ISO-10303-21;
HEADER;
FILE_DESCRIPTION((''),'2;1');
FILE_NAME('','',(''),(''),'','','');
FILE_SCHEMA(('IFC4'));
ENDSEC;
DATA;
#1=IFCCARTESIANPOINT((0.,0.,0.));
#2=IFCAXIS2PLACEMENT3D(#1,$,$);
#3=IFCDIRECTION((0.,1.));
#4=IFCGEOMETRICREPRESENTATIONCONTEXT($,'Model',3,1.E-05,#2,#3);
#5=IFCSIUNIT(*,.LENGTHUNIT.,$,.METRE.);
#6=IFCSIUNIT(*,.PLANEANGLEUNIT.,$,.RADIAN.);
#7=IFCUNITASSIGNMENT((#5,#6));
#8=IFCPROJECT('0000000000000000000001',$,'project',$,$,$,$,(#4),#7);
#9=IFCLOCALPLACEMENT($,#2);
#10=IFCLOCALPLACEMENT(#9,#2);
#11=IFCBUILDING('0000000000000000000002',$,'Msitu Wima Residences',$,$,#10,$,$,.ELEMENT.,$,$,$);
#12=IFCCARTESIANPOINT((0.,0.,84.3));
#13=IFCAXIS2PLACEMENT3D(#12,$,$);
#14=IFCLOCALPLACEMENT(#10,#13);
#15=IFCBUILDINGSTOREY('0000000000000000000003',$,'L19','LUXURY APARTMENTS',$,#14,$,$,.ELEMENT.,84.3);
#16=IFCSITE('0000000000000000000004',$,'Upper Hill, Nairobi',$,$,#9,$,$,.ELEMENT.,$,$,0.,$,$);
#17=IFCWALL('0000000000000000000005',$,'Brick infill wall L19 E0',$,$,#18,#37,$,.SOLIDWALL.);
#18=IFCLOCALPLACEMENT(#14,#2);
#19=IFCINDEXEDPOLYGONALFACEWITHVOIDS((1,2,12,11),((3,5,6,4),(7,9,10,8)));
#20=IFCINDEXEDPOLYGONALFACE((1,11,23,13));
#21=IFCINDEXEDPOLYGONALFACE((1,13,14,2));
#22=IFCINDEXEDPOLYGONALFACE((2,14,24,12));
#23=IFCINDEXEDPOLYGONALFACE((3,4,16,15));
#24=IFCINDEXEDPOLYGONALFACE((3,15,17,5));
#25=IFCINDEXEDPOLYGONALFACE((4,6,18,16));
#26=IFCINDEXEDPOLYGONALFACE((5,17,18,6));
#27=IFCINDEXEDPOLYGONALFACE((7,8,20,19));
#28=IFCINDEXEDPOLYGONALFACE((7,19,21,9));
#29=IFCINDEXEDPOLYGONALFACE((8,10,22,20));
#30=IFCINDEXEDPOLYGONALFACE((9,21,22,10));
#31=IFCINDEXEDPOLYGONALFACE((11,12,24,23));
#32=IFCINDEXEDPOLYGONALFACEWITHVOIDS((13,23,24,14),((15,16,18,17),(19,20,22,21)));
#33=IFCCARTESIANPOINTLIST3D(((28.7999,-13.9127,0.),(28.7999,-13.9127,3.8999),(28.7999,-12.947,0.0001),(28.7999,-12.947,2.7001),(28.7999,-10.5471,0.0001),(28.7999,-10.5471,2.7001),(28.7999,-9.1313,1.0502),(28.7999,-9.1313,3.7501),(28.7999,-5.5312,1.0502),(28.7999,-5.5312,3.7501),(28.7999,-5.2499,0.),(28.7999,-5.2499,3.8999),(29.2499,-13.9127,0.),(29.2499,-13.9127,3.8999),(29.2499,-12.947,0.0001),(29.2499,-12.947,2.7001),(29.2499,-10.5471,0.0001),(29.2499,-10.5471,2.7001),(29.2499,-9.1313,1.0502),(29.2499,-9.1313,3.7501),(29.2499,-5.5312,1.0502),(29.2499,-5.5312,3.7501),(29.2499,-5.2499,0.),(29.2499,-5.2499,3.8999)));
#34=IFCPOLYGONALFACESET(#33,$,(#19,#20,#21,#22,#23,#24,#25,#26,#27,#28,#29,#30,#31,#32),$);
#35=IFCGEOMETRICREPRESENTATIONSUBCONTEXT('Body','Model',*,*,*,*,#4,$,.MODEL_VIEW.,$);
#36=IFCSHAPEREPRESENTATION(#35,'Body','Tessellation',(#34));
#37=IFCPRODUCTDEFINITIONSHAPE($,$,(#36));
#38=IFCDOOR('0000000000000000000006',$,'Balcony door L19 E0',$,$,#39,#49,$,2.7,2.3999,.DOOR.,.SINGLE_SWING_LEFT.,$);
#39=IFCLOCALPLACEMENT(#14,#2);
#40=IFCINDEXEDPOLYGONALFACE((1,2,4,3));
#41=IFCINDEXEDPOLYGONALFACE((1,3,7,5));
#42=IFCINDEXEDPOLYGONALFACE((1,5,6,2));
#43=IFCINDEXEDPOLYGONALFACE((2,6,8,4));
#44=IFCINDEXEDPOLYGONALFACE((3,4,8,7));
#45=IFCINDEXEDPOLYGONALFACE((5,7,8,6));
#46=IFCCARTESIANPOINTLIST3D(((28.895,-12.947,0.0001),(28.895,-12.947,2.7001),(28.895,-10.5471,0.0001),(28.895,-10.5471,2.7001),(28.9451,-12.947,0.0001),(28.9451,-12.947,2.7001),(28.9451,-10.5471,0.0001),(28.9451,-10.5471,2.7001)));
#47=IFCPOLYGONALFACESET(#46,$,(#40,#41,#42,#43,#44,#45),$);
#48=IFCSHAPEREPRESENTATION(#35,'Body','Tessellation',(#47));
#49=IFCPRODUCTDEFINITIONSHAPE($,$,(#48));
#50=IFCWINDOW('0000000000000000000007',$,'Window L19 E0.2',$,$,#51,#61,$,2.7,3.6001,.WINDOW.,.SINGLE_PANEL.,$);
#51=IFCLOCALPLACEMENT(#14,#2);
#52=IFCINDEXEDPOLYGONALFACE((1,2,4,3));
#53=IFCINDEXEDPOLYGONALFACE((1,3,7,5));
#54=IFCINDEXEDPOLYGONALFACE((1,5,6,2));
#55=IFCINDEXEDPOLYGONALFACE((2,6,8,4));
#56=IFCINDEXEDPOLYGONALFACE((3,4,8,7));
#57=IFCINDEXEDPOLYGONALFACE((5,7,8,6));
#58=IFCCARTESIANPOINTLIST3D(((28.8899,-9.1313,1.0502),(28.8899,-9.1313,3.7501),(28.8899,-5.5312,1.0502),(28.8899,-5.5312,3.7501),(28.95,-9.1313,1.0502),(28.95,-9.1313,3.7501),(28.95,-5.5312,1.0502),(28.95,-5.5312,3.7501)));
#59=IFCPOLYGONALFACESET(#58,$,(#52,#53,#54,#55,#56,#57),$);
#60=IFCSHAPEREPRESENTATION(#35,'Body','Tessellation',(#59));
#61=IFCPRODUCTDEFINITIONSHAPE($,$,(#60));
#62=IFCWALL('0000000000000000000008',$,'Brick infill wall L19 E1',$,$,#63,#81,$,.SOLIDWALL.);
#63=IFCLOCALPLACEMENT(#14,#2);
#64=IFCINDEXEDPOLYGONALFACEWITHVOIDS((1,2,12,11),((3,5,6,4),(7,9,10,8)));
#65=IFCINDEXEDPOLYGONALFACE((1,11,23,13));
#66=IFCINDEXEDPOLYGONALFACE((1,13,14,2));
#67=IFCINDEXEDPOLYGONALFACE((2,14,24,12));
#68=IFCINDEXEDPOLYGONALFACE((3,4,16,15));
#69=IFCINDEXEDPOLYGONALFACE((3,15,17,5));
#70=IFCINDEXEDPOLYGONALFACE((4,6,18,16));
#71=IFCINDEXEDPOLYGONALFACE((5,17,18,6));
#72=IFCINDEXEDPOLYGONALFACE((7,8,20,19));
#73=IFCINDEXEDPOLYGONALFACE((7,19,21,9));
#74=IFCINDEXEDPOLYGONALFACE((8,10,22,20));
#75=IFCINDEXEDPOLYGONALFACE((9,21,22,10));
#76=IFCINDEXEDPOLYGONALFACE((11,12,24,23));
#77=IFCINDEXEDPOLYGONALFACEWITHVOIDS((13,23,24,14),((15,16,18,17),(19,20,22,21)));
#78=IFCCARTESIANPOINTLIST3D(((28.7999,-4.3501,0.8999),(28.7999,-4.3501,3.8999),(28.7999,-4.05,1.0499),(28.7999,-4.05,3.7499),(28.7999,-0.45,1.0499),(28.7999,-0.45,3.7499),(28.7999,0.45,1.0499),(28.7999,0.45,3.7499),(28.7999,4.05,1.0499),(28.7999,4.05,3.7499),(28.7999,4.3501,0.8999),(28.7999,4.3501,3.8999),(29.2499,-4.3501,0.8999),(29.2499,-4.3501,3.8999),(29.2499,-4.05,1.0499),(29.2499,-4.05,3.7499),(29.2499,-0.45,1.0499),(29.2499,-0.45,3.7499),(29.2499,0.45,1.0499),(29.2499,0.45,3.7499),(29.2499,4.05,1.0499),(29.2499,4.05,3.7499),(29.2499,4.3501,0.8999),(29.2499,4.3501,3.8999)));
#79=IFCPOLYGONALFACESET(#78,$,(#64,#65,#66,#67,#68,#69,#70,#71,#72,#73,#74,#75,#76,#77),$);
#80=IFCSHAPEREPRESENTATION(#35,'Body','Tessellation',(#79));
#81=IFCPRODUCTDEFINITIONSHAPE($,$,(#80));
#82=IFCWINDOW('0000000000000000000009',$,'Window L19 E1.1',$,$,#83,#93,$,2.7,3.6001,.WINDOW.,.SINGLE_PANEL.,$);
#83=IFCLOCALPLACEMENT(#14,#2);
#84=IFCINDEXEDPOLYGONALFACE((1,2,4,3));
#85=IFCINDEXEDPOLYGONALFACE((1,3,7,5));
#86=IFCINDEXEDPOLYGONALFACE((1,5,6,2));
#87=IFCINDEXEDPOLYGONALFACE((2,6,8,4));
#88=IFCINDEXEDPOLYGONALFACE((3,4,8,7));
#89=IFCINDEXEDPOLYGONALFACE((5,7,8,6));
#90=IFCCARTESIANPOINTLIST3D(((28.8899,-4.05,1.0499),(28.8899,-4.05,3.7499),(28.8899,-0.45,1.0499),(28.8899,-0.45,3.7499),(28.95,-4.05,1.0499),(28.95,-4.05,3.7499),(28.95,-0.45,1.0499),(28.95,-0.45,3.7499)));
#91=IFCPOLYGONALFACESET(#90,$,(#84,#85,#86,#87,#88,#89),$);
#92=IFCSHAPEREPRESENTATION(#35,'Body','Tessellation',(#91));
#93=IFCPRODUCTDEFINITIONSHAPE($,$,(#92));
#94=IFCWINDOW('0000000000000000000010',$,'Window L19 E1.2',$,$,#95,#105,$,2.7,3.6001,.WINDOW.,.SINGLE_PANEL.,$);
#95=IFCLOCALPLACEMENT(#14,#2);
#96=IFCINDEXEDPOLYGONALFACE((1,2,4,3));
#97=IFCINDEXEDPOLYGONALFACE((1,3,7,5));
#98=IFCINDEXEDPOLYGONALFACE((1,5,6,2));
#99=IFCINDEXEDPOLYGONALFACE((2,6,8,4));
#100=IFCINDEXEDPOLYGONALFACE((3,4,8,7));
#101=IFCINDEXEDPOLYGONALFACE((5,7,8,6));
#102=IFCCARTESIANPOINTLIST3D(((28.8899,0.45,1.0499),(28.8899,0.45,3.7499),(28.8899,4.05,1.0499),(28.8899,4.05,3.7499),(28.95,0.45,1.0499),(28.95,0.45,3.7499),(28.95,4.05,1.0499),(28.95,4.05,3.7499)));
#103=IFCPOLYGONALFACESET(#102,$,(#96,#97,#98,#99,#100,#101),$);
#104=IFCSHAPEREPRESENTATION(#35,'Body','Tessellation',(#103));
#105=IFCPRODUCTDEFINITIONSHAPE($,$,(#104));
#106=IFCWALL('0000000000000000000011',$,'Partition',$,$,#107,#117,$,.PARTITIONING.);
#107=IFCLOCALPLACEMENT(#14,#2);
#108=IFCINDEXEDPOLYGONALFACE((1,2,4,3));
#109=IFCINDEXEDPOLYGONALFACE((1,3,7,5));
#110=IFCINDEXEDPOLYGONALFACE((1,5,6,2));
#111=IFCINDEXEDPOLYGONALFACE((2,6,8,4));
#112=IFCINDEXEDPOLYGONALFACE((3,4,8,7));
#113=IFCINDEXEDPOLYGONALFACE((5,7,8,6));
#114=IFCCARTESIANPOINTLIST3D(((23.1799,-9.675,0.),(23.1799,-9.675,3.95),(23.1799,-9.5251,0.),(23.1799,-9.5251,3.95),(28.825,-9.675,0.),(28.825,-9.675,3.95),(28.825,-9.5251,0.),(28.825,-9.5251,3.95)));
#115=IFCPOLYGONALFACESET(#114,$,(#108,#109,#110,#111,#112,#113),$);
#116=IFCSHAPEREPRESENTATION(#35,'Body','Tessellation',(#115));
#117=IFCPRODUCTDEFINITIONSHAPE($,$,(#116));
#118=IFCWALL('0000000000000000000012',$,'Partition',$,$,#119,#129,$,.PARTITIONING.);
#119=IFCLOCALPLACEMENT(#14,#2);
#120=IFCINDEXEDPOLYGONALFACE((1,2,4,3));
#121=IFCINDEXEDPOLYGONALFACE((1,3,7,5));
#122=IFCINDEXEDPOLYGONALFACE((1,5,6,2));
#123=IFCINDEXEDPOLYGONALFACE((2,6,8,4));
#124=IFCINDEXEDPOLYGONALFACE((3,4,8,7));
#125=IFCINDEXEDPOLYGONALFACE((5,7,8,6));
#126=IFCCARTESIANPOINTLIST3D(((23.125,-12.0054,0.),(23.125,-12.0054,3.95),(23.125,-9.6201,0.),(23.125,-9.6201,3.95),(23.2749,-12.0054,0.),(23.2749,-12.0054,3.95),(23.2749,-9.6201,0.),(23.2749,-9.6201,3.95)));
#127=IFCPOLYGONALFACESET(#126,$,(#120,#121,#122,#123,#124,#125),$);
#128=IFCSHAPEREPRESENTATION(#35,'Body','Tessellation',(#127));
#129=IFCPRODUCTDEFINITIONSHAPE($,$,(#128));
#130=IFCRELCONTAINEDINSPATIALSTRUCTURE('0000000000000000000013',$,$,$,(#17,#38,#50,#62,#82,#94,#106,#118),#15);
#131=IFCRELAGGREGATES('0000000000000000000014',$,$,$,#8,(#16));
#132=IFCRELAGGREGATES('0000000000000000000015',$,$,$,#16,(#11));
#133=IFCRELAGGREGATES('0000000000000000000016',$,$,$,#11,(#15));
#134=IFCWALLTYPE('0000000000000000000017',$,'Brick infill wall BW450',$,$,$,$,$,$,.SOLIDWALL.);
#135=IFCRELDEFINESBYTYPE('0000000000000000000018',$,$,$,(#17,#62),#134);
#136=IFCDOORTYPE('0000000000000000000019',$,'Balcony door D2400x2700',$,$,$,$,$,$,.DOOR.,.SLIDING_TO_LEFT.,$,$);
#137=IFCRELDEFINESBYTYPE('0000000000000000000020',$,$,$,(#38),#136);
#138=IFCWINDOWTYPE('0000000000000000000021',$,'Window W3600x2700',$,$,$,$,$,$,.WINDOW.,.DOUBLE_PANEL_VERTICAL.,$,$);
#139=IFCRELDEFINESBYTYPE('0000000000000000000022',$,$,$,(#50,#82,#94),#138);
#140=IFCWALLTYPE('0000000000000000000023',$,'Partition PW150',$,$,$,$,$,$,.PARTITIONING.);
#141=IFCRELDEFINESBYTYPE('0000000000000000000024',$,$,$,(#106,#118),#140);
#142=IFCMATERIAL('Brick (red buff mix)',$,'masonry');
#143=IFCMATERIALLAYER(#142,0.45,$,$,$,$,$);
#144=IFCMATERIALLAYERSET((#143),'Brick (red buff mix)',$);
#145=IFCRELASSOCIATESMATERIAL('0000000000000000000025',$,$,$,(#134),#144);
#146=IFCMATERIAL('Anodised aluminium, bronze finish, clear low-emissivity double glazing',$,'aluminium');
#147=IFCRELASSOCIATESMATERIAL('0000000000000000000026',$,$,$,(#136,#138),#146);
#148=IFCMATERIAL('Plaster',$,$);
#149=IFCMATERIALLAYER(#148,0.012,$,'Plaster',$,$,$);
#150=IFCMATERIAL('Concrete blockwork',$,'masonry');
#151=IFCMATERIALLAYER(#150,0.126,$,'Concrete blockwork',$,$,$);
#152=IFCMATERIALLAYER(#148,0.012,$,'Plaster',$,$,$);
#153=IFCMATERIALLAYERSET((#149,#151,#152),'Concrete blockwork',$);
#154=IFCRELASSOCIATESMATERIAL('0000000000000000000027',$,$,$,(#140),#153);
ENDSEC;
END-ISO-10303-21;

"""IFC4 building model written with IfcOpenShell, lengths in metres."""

from ifc_helpers import new_model, si_unit, direction, frame, frame_2d, origin, place, context, subcontext, project, spatial, rectangle, extrude, material, layer, layer_set, type_object, element, fill, save


model = new_model("IFC4")

# Units and contexts
model_context = context("Model", 3, precision=1e-05, world=origin(), true_north=direction((0.0, 1.0)))
body_context = subcontext(model_context, "Body", "Model", "MODEL_VIEW")
ifc_project = project(units=[si_unit("LENGTHUNIT", "METRE"), si_unit("PLANEANGLEUNIT", "RADIAN")], contexts=[model_context])

# Site, building, storey
site_placement = place(None, origin())
site = spatial("IfcSite", under=ifc_project, at=site_placement, Name="Upper Hill, Nairobi", CompositionType="ELEMENT", RefElevation=0.0)
building_placement = place(site_placement, origin())
building = spatial("IfcBuilding", under=site, at=building_placement, Name="Msitu Wima Residences", CompositionType="ELEMENT")
storey_placement = place(building_placement, frame((0.0, 0.0, 84.3)))
storey = spatial("IfcBuildingStorey", under=building, at=storey_placement, Name="L19", Description="LUXURY APARTMENTS", CompositionType="ELEMENT", Elevation=84.3)

# Wall, openings, door, window
ifc_material_1 = material(Name="Brick (red buff mix)", Category="masonry")
ifc_layer_1 = layer(ifc_material_1, 0.45)
ifc_layer_set_1 = layer_set([ifc_layer_1], Name="Brick (red buff mix)")
wall_type_1 = type_object("IfcWallType", Name="Brick infill wall BW450", PredefinedType="SOLIDWALL", material=ifc_layer_set_1)
wall_1_placement = place(storey_placement, frame((29.0249, -13.9128, 0.0), z_axis=(0.0, 0.0, 1.0), x_axis=(0.0, 1.0, 0.0)))
wall_1 = element("IfcWall", 1, at=wall_1_placement, inside=storey, type_object=wall_type_1, Name="Brick infill wall L19 E0", PredefinedType="SOLIDWALL", context=body_context, shape_type="SweptSolid", body=[
    extrude(rectangle(XDim=8.6628, YDim=0.45, at=frame_2d((4.3315, 0.0))), origin(), (0.0, 0.0, 1.0), 3.8999),
])
opening_1_placement = place(wall_1_placement, frame((0.9658, 0.0, 0.0)))
opening_1 = element("IfcOpeningElement", 2, at=opening_1_placement, cuts=wall_1, PredefinedType="OPENING", context=body_context, shape_type="SweptSolid", body=[
    extrude(rectangle(XDim=2.3999, YDim=2.7, at=frame_2d((1.2, 1.3501))), frame((0.0, 0.2349, 0.0), z_axis=(0.0, -1.0, 0.0), x_axis=(1.0, 0.0, 0.0)), (0.0, 0.0, 1.0), 0.47),
])
opening_2_placement = place(wall_1_placement, frame((4.7815, 0.0, 1.05)))
opening_2 = element("IfcOpeningElement", 3, at=opening_2_placement, cuts=wall_1, PredefinedType="OPENING", context=body_context, shape_type="SweptSolid", body=[
    extrude(rectangle(XDim=3.6001, YDim=2.7, at=frame_2d((1.8, 1.3501))), frame((0.0, 0.2349, 0.0), z_axis=(0.0, -1.0, 0.0), x_axis=(1.0, 0.0, 0.0)), (0.0, 0.0, 1.0), 0.47),
])
ifc_material_2 = material(Name="Anodised aluminium, bronze finish, clear low-emissivity double glazing", Category="aluminium")
door_type_1 = type_object("IfcDoorType", Name="Balcony door D2400x2700", OperationType="SLIDING_TO_LEFT", PredefinedType="DOOR", material=ifc_material_2)
door_1_placement = place(opening_1_placement, origin())
door_1 = element("IfcDoor", 4, at=door_1_placement, inside=storey, type_object=door_type_1, Name="Balcony door L19 E0", OperationType="SINGLE_SWING_LEFT", OverallHeight=2.7, OverallWidth=2.3999, PredefinedType="DOOR", context=body_context, shape_type="SweptSolid", body=[
    extrude(rectangle(XDim=2.3999, YDim=2.7, at=frame_2d((1.2, 1.3501))), frame((0.0, 0.1299, 0.0), z_axis=(0.0, -1.0, 0.0), x_axis=(1.0, 0.0, 0.0)), (0.0, 0.0, 1.0), 0.05),
])
fill(opening_1, door_1)
window_type = type_object("IfcWindowType", Name="Window W3600x2700", PartitioningType="DOUBLE_PANEL_VERTICAL", PredefinedType="WINDOW", material=ifc_material_2)
window_1_placement = place(opening_2_placement, origin())
window_1 = element("IfcWindow", 5, at=window_1_placement, inside=storey, type_object=window_type, Name="Window L19 E0.2", OverallHeight=2.7, OverallWidth=3.6001, PartitioningType="SINGLE_PANEL", PredefinedType="WINDOW", context=body_context, shape_type="SweptSolid", body=[
    extrude(rectangle(XDim=3.6001, YDim=2.7, at=frame_2d((1.8, 1.3501))), frame((0.0, 0.135, 0.0), z_axis=(0.0, -1.0, 0.0), x_axis=(1.0, 0.0, 0.0)), (0.0, 0.0, 1.0), 0.0601),
])
fill(opening_2, window_1)

# Wall, openings, windows
wall_2_placement = place(storey_placement, frame((29.0249, -4.3501, 0.8999), z_axis=(0.0, 0.0, 1.0), x_axis=(0.0, 1.0, 0.0)))
wall_2 = element("IfcWall", 6, at=wall_2_placement, inside=storey, type_object=wall_type_1, Name="Brick infill wall L19 E1", PredefinedType="SOLIDWALL", context=body_context, shape_type="SweptSolid", body=[
    extrude(rectangle(XDim=8.7002, YDim=0.45, at=frame_2d((4.3501, 0.0))), origin(), (0.0, 0.0, 1.0), 3.0),
])
opening_3_placement = place(wall_2_placement, frame((0.3, 0.0, 0.1499)))
opening_3 = element("IfcOpeningElement", 7, at=opening_3_placement, cuts=wall_2, PredefinedType="OPENING", context=body_context, shape_type="SweptSolid", body=[
    extrude(rectangle(XDim=3.6001, YDim=2.7, at=frame_2d((1.8, 1.3501))), frame((0.0, 0.2349, 0.0), z_axis=(0.0, -1.0, 0.0), x_axis=(1.0, 0.0, 0.0)), (0.0, 0.0, 1.0), 0.47),
])
opening_4_placement = place(wall_2_placement, frame((4.8, 0.0, 0.1499)))
opening_4 = element("IfcOpeningElement", 8, at=opening_4_placement, cuts=wall_2, PredefinedType="OPENING", context=body_context, shape_type="SweptSolid", body=[
    extrude(rectangle(XDim=3.6001, YDim=2.7, at=frame_2d((1.8, 1.3501))), frame((0.0, 0.2349, 0.0), z_axis=(0.0, -1.0, 0.0), x_axis=(1.0, 0.0, 0.0)), (0.0, 0.0, 1.0), 0.47),
])
window_2_placement = place(opening_3_placement, origin())
window_2 = element("IfcWindow", 9, at=window_2_placement, inside=storey, type_object=window_type, Name="Window L19 E1.1", OverallHeight=2.7, OverallWidth=3.6001, PartitioningType="SINGLE_PANEL", PredefinedType="WINDOW", context=body_context, shape_type="SweptSolid", body=[
    extrude(rectangle(XDim=3.6001, YDim=2.7, at=frame_2d((1.8, 1.3501))), frame((0.0, 0.135, 0.0), z_axis=(0.0, -1.0, 0.0), x_axis=(1.0, 0.0, 0.0)), (0.0, 0.0, 1.0), 0.0601),
])
fill(opening_3, window_2)
window_3_placement = place(opening_4_placement, origin())
window_3 = element("IfcWindow", 10, at=window_3_placement, inside=storey, type_object=window_type, Name="Window L19 E1.2", OverallHeight=2.7, OverallWidth=3.6001, PartitioningType="SINGLE_PANEL", PredefinedType="WINDOW", context=body_context, shape_type="SweptSolid", body=[
    extrude(rectangle(XDim=3.6001, YDim=2.7, at=frame_2d((1.8, 1.3501))), frame((0.0, 0.135, 0.0), z_axis=(0.0, -1.0, 0.0), x_axis=(1.0, 0.0, 0.0)), (0.0, 0.0, 1.0), 0.0601),
])
fill(opening_4, window_3)

# Walls
ifc_material_3 = material(Name="Plaster")
ifc_layer_2 = layer(ifc_material_3, 0.012, Name="Plaster")
ifc_material_4 = material(Name="Concrete blockwork", Category="masonry")
ifc_layer_3 = layer(ifc_material_4, 0.126, Name="Concrete blockwork")
ifc_layer_4 = layer(ifc_material_3, 0.012, Name="Plaster")
ifc_layer_set_2 = layer_set([ifc_layer_2, ifc_layer_3, ifc_layer_4], Name="Concrete blockwork")
wall_type_2 = type_object("IfcWallType", Name="Partition PW150", PredefinedType="PARTITIONING", material=ifc_layer_set_2)
wall_3_placement = place(storey_placement, frame((23.1799, -9.6001, 0.0), z_axis=(0.0, 0.0, 1.0), x_axis=(1.0, 0.0, 0.0)))
element("IfcWall", 11, at=wall_3_placement, inside=storey, type_object=wall_type_2, Name="Partition", PredefinedType="PARTITIONING", context=body_context, shape_type="SweptSolid", body=[
    extrude(rectangle(XDim=5.645, YDim=0.1499, at=frame_2d((2.8225, 0.0))), origin(), (0.0, 0.0, 1.0), 3.95),
])
wall_4_placement = place(storey_placement, frame((23.2, -12.0054, 0.0), z_axis=(0.0, 0.0, 1.0), x_axis=(0.0, 1.0, 0.0)))
element("IfcWall", 12, at=wall_4_placement, inside=storey, type_object=wall_type_2, Name="Partition", PredefinedType="PARTITIONING", context=body_context, shape_type="SweptSolid", body=[
    extrude(rectangle(XDim=2.3853, YDim=0.1499, at=frame_2d((1.1926, 0.0))), origin(), (0.0, 0.0, 1.0), 3.95),
])

save(model, "model.ifc")
